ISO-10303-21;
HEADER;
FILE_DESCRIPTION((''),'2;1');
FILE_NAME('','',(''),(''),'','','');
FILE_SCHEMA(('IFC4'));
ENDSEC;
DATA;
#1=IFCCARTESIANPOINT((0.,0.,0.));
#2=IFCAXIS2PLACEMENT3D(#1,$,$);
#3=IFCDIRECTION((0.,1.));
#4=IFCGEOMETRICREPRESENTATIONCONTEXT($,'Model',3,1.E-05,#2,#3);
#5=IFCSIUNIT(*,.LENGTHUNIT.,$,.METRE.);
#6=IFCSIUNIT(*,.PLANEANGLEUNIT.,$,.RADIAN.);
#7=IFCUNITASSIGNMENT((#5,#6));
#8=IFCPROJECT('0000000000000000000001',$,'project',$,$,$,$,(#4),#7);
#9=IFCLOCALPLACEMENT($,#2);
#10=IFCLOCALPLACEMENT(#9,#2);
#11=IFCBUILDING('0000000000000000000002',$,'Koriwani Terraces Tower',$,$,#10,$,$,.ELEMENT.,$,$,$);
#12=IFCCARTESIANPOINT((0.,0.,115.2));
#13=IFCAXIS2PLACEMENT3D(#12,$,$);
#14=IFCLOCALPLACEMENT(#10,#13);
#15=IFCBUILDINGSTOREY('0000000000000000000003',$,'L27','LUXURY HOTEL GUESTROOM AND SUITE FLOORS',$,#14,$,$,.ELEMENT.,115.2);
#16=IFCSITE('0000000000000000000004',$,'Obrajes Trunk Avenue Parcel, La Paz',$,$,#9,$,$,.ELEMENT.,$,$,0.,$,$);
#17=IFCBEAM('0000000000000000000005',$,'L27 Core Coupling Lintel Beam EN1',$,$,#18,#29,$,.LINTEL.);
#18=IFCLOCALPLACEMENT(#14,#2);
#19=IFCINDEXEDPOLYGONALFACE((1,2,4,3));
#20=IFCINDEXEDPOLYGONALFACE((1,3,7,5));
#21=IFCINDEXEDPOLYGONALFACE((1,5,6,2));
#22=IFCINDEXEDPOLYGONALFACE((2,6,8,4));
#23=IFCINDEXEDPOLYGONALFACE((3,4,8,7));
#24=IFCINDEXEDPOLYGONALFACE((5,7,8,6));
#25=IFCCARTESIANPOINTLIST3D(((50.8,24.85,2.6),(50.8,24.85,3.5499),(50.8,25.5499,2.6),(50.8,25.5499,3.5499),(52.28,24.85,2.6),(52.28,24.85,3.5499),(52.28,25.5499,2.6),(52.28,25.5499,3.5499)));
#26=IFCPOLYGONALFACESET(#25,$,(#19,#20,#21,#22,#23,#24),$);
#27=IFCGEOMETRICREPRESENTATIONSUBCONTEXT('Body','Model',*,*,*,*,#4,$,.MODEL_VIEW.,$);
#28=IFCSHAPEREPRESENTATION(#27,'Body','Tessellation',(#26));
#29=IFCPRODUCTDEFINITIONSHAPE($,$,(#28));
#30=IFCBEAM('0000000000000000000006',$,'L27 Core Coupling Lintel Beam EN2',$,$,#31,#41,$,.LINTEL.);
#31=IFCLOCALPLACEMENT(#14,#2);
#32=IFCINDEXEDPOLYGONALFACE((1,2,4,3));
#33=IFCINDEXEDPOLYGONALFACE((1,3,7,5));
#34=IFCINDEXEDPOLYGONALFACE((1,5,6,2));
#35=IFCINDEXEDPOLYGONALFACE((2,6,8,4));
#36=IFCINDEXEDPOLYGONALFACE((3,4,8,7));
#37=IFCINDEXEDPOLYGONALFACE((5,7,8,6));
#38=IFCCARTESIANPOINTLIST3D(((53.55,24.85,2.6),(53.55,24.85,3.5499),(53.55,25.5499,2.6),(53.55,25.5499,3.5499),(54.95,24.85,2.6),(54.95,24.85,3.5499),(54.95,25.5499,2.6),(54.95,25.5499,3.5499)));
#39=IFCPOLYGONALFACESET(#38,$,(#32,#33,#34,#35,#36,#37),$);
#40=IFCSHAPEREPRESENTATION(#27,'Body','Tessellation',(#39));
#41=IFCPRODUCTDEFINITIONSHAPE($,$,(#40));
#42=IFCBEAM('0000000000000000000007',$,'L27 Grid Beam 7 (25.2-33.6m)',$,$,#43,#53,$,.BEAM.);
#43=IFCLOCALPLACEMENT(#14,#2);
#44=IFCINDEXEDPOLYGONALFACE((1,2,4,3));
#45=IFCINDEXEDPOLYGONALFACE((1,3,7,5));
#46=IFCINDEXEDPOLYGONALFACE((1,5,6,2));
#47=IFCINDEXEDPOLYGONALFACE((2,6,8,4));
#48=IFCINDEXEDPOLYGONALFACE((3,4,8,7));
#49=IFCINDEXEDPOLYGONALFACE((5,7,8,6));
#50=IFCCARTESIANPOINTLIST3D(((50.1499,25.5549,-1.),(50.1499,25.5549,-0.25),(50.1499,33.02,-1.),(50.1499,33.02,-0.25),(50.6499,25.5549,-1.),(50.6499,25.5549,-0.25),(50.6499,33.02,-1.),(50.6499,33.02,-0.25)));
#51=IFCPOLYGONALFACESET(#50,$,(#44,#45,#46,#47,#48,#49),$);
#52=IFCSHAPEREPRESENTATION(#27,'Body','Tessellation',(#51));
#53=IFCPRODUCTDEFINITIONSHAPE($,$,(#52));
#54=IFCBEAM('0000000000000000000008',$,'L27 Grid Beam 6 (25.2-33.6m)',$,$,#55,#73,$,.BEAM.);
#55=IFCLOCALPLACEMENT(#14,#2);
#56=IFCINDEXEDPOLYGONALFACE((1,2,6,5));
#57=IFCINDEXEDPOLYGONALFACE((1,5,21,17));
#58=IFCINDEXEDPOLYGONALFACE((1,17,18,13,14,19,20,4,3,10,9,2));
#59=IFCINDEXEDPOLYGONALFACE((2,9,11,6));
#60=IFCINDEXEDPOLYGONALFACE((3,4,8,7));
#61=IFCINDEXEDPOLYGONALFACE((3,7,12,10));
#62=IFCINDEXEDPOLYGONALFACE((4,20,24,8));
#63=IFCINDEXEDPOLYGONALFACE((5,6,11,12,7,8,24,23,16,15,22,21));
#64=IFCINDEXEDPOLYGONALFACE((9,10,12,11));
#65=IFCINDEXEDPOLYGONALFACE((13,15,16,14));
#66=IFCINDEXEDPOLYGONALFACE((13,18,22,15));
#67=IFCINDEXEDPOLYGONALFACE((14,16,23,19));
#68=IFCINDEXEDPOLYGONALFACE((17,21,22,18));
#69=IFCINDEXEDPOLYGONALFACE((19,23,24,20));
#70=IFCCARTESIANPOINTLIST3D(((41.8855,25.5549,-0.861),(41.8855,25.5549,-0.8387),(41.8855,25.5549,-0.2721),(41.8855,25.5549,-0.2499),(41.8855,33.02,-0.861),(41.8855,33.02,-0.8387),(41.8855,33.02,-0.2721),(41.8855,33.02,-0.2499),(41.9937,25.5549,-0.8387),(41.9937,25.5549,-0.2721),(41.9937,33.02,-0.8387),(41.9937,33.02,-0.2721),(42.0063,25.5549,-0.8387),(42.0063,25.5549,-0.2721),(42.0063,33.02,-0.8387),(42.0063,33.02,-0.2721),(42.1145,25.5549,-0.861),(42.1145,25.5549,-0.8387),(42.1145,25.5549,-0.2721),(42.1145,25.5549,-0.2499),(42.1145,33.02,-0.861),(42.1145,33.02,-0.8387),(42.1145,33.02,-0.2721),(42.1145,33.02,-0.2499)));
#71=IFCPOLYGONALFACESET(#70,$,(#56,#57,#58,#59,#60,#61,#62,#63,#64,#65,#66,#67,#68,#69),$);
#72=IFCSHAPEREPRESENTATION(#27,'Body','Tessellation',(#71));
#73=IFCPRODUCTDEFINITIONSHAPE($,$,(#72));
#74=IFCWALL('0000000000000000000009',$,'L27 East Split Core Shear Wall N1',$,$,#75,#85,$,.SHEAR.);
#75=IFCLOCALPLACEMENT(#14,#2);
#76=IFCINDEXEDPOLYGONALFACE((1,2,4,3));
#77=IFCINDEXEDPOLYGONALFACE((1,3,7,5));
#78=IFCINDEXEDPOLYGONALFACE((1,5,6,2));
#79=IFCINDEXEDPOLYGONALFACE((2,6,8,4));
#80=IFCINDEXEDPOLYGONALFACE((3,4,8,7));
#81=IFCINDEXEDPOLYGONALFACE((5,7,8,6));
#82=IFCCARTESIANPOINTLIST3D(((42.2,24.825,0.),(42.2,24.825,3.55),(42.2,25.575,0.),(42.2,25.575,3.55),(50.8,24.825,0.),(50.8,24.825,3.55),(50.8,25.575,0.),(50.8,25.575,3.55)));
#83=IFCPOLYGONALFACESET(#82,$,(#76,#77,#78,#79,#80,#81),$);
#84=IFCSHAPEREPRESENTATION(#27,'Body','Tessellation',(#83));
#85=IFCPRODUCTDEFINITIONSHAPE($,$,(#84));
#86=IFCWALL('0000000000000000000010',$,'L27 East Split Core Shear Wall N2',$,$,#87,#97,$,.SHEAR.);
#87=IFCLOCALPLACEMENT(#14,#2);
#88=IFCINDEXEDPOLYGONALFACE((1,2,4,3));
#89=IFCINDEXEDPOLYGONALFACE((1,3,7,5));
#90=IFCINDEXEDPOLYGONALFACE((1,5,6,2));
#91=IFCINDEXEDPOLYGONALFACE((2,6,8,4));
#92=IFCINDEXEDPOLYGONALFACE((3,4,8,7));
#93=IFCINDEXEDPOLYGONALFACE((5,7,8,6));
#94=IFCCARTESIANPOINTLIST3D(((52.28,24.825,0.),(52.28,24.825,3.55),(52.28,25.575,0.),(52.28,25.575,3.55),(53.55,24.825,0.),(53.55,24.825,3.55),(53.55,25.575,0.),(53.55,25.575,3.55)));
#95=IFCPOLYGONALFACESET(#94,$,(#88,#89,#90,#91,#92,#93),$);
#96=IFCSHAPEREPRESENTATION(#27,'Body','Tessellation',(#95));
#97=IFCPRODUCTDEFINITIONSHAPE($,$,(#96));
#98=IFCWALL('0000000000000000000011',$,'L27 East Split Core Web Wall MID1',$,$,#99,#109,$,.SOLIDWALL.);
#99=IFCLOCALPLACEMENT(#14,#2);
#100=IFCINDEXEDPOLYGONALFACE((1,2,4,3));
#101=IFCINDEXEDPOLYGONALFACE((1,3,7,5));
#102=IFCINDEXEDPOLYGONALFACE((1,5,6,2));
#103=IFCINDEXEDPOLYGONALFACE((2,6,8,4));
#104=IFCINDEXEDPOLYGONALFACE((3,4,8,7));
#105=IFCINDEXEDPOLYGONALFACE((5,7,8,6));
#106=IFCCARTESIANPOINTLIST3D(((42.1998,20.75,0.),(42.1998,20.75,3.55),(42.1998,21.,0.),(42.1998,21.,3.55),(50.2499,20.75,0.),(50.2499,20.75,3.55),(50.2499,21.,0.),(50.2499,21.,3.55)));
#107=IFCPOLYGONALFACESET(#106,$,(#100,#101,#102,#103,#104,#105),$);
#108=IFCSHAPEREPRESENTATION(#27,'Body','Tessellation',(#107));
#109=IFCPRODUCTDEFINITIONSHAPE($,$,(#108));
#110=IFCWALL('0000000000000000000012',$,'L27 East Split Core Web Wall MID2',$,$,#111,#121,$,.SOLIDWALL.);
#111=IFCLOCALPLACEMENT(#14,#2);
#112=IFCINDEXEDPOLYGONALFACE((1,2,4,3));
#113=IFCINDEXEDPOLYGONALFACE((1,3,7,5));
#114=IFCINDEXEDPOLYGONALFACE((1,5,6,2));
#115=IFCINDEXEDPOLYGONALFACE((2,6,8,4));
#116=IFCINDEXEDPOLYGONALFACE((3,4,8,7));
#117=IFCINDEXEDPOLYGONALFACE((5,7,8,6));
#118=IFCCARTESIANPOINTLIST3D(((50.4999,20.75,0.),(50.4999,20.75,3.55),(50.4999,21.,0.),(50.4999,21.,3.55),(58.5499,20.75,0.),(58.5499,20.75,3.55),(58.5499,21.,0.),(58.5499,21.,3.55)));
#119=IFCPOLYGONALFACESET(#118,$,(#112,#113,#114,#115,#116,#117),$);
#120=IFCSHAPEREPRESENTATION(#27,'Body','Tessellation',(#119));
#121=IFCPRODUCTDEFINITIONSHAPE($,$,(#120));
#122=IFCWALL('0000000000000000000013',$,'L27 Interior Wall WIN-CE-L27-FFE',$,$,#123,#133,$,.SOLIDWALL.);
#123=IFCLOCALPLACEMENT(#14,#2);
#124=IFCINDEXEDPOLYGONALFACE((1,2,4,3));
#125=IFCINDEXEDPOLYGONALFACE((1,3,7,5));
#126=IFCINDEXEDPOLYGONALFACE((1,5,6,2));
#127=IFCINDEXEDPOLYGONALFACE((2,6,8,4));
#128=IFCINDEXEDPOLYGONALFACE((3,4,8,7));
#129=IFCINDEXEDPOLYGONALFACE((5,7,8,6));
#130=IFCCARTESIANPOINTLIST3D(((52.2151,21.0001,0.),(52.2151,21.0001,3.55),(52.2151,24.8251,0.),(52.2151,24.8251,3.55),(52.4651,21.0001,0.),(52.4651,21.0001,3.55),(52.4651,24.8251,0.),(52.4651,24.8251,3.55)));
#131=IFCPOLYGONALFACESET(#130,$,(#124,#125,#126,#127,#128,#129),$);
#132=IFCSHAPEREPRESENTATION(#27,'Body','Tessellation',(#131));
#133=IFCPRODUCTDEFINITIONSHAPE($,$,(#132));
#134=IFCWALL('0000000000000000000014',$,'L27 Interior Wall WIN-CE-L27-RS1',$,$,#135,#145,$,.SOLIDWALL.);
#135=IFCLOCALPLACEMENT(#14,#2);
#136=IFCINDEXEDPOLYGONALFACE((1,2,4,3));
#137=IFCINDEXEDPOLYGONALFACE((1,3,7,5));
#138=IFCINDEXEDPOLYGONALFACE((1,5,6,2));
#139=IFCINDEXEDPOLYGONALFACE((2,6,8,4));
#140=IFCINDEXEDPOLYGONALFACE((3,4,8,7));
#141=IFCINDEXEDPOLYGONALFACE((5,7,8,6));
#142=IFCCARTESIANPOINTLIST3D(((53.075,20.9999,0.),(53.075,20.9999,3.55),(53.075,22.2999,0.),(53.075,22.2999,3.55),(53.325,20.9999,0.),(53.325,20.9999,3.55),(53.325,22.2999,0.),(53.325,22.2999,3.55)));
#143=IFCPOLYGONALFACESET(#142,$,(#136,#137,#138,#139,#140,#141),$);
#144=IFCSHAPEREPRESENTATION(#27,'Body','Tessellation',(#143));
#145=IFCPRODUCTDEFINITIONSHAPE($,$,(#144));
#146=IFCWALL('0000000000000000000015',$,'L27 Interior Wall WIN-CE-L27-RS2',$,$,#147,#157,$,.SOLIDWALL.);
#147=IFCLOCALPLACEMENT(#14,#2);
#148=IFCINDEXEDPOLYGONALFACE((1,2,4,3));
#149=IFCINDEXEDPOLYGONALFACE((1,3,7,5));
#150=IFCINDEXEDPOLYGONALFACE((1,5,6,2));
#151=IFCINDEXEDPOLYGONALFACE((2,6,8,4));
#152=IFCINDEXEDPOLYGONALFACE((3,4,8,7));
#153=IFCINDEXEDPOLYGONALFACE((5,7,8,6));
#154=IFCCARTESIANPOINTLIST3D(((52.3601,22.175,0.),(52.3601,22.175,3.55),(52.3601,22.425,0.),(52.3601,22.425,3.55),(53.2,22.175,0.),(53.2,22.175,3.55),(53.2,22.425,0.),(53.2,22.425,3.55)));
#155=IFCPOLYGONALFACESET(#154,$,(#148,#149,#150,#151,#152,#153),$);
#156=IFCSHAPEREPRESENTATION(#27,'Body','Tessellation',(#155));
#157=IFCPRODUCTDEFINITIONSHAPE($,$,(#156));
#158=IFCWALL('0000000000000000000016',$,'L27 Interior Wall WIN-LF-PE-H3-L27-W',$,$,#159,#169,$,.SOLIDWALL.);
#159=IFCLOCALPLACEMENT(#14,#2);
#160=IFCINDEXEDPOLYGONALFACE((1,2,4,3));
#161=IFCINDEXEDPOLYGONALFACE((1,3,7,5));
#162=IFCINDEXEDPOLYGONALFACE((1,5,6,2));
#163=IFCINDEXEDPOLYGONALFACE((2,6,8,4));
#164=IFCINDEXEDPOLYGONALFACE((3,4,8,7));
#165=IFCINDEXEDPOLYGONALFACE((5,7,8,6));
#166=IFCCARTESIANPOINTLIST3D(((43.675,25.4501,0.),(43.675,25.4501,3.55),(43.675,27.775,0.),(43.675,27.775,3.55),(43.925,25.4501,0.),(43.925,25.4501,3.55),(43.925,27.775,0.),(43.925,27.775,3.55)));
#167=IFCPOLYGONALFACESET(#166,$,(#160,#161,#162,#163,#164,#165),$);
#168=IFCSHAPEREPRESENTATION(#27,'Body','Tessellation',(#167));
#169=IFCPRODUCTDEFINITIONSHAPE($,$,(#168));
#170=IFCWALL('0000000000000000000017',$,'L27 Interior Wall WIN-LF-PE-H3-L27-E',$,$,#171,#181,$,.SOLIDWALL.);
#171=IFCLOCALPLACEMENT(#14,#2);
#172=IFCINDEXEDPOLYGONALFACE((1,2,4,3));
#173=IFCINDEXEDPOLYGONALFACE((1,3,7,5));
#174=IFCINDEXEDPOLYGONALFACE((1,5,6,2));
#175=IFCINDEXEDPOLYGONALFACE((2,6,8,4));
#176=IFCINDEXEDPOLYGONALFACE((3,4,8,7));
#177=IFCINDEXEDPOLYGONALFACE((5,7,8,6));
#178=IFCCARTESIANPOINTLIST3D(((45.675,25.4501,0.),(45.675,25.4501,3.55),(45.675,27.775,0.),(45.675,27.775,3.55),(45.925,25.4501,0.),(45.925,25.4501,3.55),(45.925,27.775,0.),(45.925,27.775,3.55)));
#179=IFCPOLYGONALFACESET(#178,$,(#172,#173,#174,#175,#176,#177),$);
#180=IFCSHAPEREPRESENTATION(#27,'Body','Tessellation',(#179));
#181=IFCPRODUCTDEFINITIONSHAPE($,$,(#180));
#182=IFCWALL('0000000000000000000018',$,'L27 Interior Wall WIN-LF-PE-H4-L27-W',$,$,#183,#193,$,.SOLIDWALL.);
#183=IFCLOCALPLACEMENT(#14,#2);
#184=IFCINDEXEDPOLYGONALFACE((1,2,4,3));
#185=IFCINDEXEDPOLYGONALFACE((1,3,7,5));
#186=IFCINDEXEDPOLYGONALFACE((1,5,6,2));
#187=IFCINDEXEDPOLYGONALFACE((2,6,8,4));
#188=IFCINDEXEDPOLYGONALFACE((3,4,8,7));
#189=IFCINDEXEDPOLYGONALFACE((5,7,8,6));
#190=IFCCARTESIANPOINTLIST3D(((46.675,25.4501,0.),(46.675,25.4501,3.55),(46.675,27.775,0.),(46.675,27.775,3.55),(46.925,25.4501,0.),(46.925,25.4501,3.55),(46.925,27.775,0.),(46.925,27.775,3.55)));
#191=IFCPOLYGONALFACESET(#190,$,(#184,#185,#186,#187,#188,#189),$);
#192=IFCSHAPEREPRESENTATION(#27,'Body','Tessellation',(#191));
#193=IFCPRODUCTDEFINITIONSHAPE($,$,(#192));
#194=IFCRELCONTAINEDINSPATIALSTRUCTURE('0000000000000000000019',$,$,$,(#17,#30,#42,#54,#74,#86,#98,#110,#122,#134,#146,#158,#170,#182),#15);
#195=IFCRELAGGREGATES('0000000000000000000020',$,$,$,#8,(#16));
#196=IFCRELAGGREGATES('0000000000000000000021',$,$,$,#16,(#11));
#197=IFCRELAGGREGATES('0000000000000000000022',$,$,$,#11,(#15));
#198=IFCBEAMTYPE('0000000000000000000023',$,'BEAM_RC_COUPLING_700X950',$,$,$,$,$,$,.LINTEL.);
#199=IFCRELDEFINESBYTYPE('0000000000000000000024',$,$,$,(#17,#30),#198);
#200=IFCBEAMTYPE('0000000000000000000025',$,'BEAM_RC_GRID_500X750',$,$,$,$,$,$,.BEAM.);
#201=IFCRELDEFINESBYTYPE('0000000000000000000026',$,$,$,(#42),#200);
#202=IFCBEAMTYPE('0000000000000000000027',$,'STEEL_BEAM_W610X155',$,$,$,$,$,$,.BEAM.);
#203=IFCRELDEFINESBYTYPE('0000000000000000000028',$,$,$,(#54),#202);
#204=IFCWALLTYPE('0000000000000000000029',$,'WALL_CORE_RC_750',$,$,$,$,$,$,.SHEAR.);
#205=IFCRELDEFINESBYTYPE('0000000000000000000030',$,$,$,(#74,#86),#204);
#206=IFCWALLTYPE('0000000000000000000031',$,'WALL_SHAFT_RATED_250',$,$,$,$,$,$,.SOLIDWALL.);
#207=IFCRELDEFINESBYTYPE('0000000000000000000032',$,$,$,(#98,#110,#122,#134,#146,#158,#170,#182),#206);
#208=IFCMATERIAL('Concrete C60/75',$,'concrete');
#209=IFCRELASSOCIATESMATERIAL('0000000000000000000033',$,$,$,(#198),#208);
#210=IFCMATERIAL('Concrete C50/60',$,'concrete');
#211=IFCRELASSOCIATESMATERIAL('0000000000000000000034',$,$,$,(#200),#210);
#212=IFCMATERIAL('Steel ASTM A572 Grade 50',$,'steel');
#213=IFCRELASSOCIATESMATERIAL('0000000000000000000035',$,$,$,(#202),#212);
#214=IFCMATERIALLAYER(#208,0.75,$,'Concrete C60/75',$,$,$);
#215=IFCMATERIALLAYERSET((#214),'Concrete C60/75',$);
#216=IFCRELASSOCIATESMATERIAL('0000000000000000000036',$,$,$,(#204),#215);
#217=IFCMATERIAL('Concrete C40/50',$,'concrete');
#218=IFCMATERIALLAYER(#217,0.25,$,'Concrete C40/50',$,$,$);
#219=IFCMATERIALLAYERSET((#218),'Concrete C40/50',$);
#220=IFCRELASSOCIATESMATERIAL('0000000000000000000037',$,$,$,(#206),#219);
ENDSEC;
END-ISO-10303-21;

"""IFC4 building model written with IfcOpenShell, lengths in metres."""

from ifc_helpers import new_model, si_unit, direction, frame, frame_2d, origin, origin_2d, place, context, subcontext, project, spatial, rectangle, i_section, extrude, material, layer, layer_set, material_profile, profile_set, type_object, element, save


model = new_model("IFC4")

# Units and contexts
model_context = context("Model", 3, precision=1e-05, world=origin(), true_north=direction((0.0, 1.0)))
body_context = subcontext(model_context, "Body", "Model", "MODEL_VIEW")
ifc_project = project(units=[si_unit("LENGTHUNIT", "METRE"), si_unit("PLANEANGLEUNIT", "RADIAN")], contexts=[model_context])

# Site, building, storey
site_placement = place(None, origin())
site = spatial("IfcSite", under=ifc_project, at=site_placement, Name="Obrajes Trunk Avenue Parcel, La Paz", CompositionType="ELEMENT", RefElevation=0.0)
building_placement = place(site_placement, origin())
building = spatial("IfcBuilding", under=site, at=building_placement, Name="Koriwani Terraces Tower", CompositionType="ELEMENT")
storey_placement = place(building_placement, frame((0.0, 0.0, 115.2)))
storey = spatial("IfcBuildingStorey", under=building, at=storey_placement, Name="L27", Description="LUXURY HOTEL GUESTROOM AND SUITE FLOORS", CompositionType="ELEMENT", Elevation=115.2)

# Beams
ifc_material_1 = material(Name="Concrete C60/75", Category="concrete")
ifc_material_profile_1 = material_profile(ifc_material_1, rectangle(XDim=0.7, YDim=0.95, at=origin_2d()), Name="Concrete C60/75", Category="LoadBearing")
ifc_profile_set_1 = profile_set([ifc_material_profile_1], Name="Concrete C60/75")
beam_type_1 = type_object("IfcBeamType", Name="BEAM_RC_COUPLING_700X950", PredefinedType="LINTEL", material=ifc_profile_set_1)
beam_1_placement = place(storey_placement, frame((50.8, 25.2, 3.075), z_axis=(1.0, 0.0, 0.0), x_axis=(0.0, 1.0, 0.0)))
element("IfcBeam", 1, at=beam_1_placement, inside=storey, type_object=beam_type_1, Name="L27 Core Coupling Lintel Beam EN1", PredefinedType="LINTEL", context=body_context, shape_type="SweptSolid", body=[
    extrude(rectangle(XDim=0.7, YDim=0.95, at=origin_2d()), origin(), (0.0, 0.0, 1.0), 1.48),
])
beam_2_placement = place(storey_placement, frame((53.55, 25.2, 3.075), z_axis=(1.0, 0.0, 0.0), x_axis=(0.0, 1.0, 0.0)))
element("IfcBeam", 2, at=beam_2_placement, inside=storey, type_object=beam_type_1, Name="L27 Core Coupling Lintel Beam EN2", PredefinedType="LINTEL", context=body_context, shape_type="SweptSolid", body=[
    extrude(rectangle(XDim=0.7, YDim=0.95, at=origin_2d()), origin(), (0.0, 0.0, 1.0), 1.3999),
])
ifc_material_2 = material(Name="Concrete C50/60", Category="concrete")
ifc_material_profile_2 = material_profile(ifc_material_2, rectangle(XDim=0.5, YDim=0.75, at=origin_2d()), Name="Concrete C50/60", Category="LoadBearing")
ifc_profile_set_2 = profile_set([ifc_material_profile_2], Name="Concrete C50/60")
beam_type_2 = type_object("IfcBeamType", Name="BEAM_RC_GRID_500X750", PredefinedType="BEAM", material=ifc_profile_set_2)
beam_3_placement = place(storey_placement, frame((50.3999, 25.5549, -0.625), z_axis=(0.0, 1.0, 0.0), x_axis=(-1.0, 0.0, 0.0)))
element("IfcBeam", 3, at=beam_3_placement, inside=storey, type_object=beam_type_2, Name="L27 Grid Beam 7 (25.2-33.6m)", PredefinedType="BEAM", context=body_context, shape_type="SweptSolid", body=[
    extrude(rectangle(XDim=0.5, YDim=0.75, at=origin_2d()), origin(), (0.0, 0.0, 1.0), 7.4651),
])
ifc_material_3 = material(Name="Steel ASTM A572 Grade 50", Category="steel")
ifc_material_profile_3 = material_profile(ifc_material_3, i_section(OverallWidth=0.229, OverallDepth=0.6111, WebThickness=0.0127, FlangeThickness=0.0222, at=origin_2d()), Name="Steel ASTM A572 Grade 50", Category="LoadBearing")
ifc_profile_set_3 = profile_set([ifc_material_profile_3], Name="Steel ASTM A572 Grade 50")
beam_type_3 = type_object("IfcBeamType", Name="STEEL_BEAM_W610X155", PredefinedType="BEAM", material=ifc_profile_set_3)
beam_4_placement = place(storey_placement, frame((42.0, 25.5549, -0.5554), z_axis=(0.0, 1.0, 0.0), x_axis=(-1.0, 0.0, 0.0)))
element("IfcBeam", 4, at=beam_4_placement, inside=storey, type_object=beam_type_3, Name="L27 Grid Beam 6 (25.2-33.6m)", PredefinedType="BEAM", context=body_context, shape_type="SweptSolid", body=[
    extrude(i_section(OverallWidth=0.229, OverallDepth=0.6111, WebThickness=0.0127, FlangeThickness=0.0222, at=origin_2d()), origin(), (0.0, 0.0, 1.0), 7.4651),
])

# Walls
ifc_layer_1 = layer(ifc_material_1, 0.75, Name="Concrete C60/75")
ifc_layer_set_1 = layer_set([ifc_layer_1], Name="Concrete C60/75")
wall_type_1 = type_object("IfcWallType", Name="WALL_CORE_RC_750", PredefinedType="SHEAR", material=ifc_layer_set_1)
wall_1_placement = place(storey_placement, frame((42.2, 25.2, 0.0), z_axis=(0.0, 0.0, 1.0), x_axis=(1.0, 0.0, 0.0)))
element("IfcWall", 5, at=wall_1_placement, inside=storey, type_object=wall_type_1, Name="L27 East Split Core Shear Wall N1", PredefinedType="SHEAR", context=body_context, shape_type="SweptSolid", body=[
    extrude(rectangle(XDim=8.6001, YDim=0.75, at=frame_2d((4.3, 0.0))), origin(), (0.0, 0.0, 1.0), 3.55),
])
wall_2_placement = place(storey_placement, frame((52.28, 25.2, 0.0), z_axis=(0.0, 0.0, 1.0), x_axis=(1.0, 0.0, 0.0)))
element("IfcWall", 6, at=wall_2_placement, inside=storey, type_object=wall_type_1, Name="L27 East Split Core Shear Wall N2", PredefinedType="SHEAR", context=body_context, shape_type="SweptSolid", body=[
    extrude(rectangle(XDim=1.27, YDim=0.75, at=frame_2d((0.635, 0.0))), origin(), (0.0, 0.0, 1.0), 3.55),
])
ifc_material_4 = material(Name="Concrete C40/50", Category="concrete")
ifc_layer_2 = layer(ifc_material_4, 0.25, Name="Concrete C40/50")
ifc_layer_set_2 = layer_set([ifc_layer_2], Name="Concrete C40/50")
wall_type_2 = type_object("IfcWallType", Name="WALL_SHAFT_RATED_250", PredefinedType="SOLIDWALL", material=ifc_layer_set_2)
for number, where, z_axis, x_axis, name in (
    (7, (42.2, 20.875, 0.0), (0.0, 0.0, 1.0), (1.0, 0.0, 0.0), "L27 East Split Core Web Wall MID1"),
    (8, (50.5, 20.875, 0.0), (0.0, 0.0, 1.0), (1.0, 0.0, 0.0), "L27 East Split Core Web Wall MID2"),
):
    element("IfcWall", number, at=place(storey_placement, frame(where, z_axis=z_axis, x_axis=x_axis)), inside=storey, type_object=wall_type_2, Name=name, PredefinedType="SOLIDWALL", context=body_context, shape_type="SweptSolid", body=[
        extrude(rectangle(XDim=8.05, YDim=0.25, at=frame_2d((4.0249, 0.0))), origin(), (0.0, 0.0, 1.0), 3.55),
    ])

# Wall
wall_3_placement = place(storey_placement, frame((52.3401, 21.0, 0.0), z_axis=(0.0, 0.0, 1.0), x_axis=(0.0, 1.0, 0.0)))
element("IfcWall", 9, at=wall_3_placement, inside=storey, type_object=wall_type_2, Name="L27 Interior Wall WIN-CE-L27-FFE", PredefinedType="SOLIDWALL", context=body_context, shape_type="SweptSolid", body=[
    extrude(rectangle(XDim=3.825, YDim=0.25, at=frame_2d((1.9126, 0.0))), origin(), (0.0, 0.0, 1.0), 3.55),
])

# Walls
wall_4_placement = place(storey_placement, frame((53.2, 21.0, 0.0), z_axis=(0.0, 0.0, 1.0), x_axis=(0.0, 1.0, 0.0)))
element("IfcWall", 10, at=wall_4_placement, inside=storey, type_object=wall_type_2, Name="L27 Interior Wall WIN-CE-L27-RS1", PredefinedType="SOLIDWALL", context=body_context, shape_type="SweptSolid", body=[
    extrude(rectangle(XDim=1.3, YDim=0.25, at=frame_2d((0.6499, 0.0))), origin(), (0.0, 0.0, 1.0), 3.55),
])
wall_5_placement = place(storey_placement, frame((52.3601, 22.3, 0.0), z_axis=(0.0, 0.0, 1.0), x_axis=(1.0, 0.0, 0.0)))
element("IfcWall", 11, at=wall_5_placement, inside=storey, type_object=wall_type_2, Name="L27 Interior Wall WIN-CE-L27-RS2", PredefinedType="SOLIDWALL", context=body_context, shape_type="SweptSolid", body=[
    extrude(rectangle(XDim=0.8398, YDim=0.25, at=frame_2d((0.4199, 0.0))), origin(), (0.0, 0.0, 1.0), 3.55),
])
for number, where, z_axis, x_axis, name in (
    (12, (43.8, 25.45, 0.0), (0.0, 0.0, 1.0), (0.0, 1.0, 0.0), "L27 Interior Wall WIN-LF-PE-H3-L27-W"),
    (13, (45.8, 25.45, 0.0), (0.0, 0.0, 1.0), (0.0, 1.0, 0.0), "L27 Interior Wall WIN-LF-PE-H3-L27-E"),
    (14, (46.8, 25.45, 0.0), (0.0, 0.0, 1.0), (0.0, 1.0, 0.0), "L27 Interior Wall WIN-LF-PE-H4-L27-W"),
):
    element("IfcWall", number, at=place(storey_placement, frame(where, z_axis=z_axis, x_axis=x_axis)), inside=storey, type_object=wall_type_2, Name=name, PredefinedType="SOLIDWALL", context=body_context, shape_type="SweptSolid", body=[
        extrude(rectangle(XDim=2.325, YDim=0.25, at=frame_2d((1.1626, 0.0))), origin(), (0.0, 0.0, 1.0), 3.55),
    ])

save(model, "model.ifc")
